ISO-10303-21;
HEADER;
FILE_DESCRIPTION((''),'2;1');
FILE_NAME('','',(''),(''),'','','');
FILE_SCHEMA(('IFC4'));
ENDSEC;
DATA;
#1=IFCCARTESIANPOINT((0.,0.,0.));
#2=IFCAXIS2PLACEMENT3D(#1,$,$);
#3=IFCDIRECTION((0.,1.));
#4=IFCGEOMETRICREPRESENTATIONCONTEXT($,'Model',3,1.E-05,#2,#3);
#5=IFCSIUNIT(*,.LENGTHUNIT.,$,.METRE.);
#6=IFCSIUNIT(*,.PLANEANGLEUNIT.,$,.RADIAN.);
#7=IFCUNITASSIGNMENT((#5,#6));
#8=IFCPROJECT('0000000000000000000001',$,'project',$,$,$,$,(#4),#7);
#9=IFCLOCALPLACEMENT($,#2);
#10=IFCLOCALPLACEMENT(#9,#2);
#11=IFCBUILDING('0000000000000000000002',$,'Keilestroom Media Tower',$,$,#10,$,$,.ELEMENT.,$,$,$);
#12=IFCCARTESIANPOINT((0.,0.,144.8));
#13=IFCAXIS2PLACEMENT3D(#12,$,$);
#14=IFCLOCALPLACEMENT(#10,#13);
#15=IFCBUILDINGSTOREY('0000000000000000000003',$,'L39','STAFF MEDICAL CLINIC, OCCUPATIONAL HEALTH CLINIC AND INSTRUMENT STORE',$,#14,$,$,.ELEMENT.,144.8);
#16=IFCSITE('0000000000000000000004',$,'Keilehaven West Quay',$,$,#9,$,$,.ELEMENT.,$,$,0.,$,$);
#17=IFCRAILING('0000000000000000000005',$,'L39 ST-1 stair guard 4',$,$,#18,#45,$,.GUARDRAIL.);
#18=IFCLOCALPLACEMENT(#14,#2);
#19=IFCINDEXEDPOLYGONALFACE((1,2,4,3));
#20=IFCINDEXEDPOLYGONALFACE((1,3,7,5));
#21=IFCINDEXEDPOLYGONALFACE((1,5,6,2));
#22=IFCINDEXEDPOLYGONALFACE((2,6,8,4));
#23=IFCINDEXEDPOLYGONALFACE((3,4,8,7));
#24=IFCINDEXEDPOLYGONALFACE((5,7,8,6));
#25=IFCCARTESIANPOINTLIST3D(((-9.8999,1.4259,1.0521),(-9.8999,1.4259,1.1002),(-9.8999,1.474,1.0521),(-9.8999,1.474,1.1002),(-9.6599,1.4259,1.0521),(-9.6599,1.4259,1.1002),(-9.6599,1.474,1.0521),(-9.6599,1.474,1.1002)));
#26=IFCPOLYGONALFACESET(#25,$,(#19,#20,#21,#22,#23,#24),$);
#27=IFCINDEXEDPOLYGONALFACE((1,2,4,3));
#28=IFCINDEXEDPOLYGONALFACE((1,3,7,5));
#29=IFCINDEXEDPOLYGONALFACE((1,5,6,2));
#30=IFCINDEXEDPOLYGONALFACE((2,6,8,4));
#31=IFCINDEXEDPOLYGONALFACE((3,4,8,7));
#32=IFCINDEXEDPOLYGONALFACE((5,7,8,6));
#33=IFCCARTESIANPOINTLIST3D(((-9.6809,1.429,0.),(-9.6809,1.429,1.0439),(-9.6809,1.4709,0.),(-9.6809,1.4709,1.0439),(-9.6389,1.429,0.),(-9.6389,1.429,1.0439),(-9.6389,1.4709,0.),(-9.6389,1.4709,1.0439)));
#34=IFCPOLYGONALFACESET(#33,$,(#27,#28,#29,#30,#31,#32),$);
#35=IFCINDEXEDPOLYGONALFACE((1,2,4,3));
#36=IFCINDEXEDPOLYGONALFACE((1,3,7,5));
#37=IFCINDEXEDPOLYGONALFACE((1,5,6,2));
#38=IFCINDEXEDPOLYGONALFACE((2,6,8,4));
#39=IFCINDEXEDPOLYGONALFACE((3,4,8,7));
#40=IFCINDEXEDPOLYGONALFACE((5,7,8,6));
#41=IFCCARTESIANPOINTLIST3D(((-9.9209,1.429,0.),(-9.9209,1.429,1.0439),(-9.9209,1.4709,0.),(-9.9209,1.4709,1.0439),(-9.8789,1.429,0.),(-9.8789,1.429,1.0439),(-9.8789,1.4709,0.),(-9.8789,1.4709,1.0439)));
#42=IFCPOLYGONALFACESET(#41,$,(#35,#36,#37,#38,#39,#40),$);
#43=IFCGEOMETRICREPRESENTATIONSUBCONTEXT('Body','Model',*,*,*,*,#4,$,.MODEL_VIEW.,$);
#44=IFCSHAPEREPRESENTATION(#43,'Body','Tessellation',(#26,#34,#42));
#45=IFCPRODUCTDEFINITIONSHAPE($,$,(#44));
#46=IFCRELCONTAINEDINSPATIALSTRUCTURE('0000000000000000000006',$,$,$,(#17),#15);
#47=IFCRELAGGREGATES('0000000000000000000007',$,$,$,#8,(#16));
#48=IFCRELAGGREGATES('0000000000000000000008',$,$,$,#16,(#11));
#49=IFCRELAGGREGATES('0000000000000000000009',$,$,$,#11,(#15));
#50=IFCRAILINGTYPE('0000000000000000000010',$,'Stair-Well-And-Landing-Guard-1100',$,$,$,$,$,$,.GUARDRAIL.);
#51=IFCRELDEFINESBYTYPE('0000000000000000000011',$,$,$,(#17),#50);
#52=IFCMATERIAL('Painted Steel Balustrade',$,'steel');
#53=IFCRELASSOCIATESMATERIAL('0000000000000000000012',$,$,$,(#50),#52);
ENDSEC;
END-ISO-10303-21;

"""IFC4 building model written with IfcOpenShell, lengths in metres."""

from ifc_helpers import new_model, si_unit, direction, frame, origin, origin_2d, place, context, subcontext, project, spatial, rectangle, extrude, material, type_object, element, save


model = new_model("IFC4")

# Units and contexts
model_context = context("Model", 3, precision=1e-05, world=origin(), true_north=direction((0.0, 1.0)))
body_context = subcontext(model_context, "Body", "Model", "MODEL_VIEW")
ifc_project = project(units=[si_unit("LENGTHUNIT", "METRE"), si_unit("PLANEANGLEUNIT", "RADIAN")], contexts=[model_context])

# Site, building, storey
site_placement = place(None, origin())
site = spatial("IfcSite", under=ifc_project, at=site_placement, Name="Keilehaven West Quay", CompositionType="ELEMENT", RefElevation=0.0)
building_placement = place(site_placement, origin())
building = spatial("IfcBuilding", under=site, at=building_placement, Name="Keilestroom Media Tower", CompositionType="ELEMENT")
storey_placement = place(building_placement, frame((0.0, 0.0, 144.8)))
storey = spatial("IfcBuildingStorey", under=building, at=storey_placement, Name="L39", Description="STAFF MEDICAL CLINIC, OCCUPATIONAL HEALTH CLINIC AND INSTRUMENT STORE", CompositionType="ELEMENT", Elevation=144.8)

# Railing
ifc_material_1 = material(Name="Painted Steel Balustrade", Category="steel")
railing_type_1 = type_object("IfcRailingType", Name="Stair-Well-And-Landing-Guard-1100", PredefinedType="GUARDRAIL", material=ifc_material_1)
railing_1_placement = place(storey_placement, frame((-9.6599, 1.45, 0.0)))
element("IfcRailing", 1, at=railing_1_placement, inside=storey, type_object=railing_type_1, Name="L39 ST-1 stair guard 4", PredefinedType="GUARDRAIL", context=body_context, shape_type="SweptSolid", body=[
    extrude(rectangle(XDim=0.0481, YDim=0.0481, at=origin_2d()), frame((0.0, 0.0, 1.0762), z_axis=(-1.0, 0.0, 0.0), x_axis=(0.0, -1.0, 0.0)), (0.0, 0.0, 1.0), 0.24),
    extrude(rectangle(XDim=0.042, YDim=0.042, at=origin_2d()), origin(), (0.0, 0.0, 1.0), 1.0439),
    extrude(rectangle(XDim=0.042, YDim=0.042, at=origin_2d()), frame((-0.24, 0.0, 0.0)), (0.0, 0.0, 1.0), 1.0439),
])

save(model, "model.ifc")
